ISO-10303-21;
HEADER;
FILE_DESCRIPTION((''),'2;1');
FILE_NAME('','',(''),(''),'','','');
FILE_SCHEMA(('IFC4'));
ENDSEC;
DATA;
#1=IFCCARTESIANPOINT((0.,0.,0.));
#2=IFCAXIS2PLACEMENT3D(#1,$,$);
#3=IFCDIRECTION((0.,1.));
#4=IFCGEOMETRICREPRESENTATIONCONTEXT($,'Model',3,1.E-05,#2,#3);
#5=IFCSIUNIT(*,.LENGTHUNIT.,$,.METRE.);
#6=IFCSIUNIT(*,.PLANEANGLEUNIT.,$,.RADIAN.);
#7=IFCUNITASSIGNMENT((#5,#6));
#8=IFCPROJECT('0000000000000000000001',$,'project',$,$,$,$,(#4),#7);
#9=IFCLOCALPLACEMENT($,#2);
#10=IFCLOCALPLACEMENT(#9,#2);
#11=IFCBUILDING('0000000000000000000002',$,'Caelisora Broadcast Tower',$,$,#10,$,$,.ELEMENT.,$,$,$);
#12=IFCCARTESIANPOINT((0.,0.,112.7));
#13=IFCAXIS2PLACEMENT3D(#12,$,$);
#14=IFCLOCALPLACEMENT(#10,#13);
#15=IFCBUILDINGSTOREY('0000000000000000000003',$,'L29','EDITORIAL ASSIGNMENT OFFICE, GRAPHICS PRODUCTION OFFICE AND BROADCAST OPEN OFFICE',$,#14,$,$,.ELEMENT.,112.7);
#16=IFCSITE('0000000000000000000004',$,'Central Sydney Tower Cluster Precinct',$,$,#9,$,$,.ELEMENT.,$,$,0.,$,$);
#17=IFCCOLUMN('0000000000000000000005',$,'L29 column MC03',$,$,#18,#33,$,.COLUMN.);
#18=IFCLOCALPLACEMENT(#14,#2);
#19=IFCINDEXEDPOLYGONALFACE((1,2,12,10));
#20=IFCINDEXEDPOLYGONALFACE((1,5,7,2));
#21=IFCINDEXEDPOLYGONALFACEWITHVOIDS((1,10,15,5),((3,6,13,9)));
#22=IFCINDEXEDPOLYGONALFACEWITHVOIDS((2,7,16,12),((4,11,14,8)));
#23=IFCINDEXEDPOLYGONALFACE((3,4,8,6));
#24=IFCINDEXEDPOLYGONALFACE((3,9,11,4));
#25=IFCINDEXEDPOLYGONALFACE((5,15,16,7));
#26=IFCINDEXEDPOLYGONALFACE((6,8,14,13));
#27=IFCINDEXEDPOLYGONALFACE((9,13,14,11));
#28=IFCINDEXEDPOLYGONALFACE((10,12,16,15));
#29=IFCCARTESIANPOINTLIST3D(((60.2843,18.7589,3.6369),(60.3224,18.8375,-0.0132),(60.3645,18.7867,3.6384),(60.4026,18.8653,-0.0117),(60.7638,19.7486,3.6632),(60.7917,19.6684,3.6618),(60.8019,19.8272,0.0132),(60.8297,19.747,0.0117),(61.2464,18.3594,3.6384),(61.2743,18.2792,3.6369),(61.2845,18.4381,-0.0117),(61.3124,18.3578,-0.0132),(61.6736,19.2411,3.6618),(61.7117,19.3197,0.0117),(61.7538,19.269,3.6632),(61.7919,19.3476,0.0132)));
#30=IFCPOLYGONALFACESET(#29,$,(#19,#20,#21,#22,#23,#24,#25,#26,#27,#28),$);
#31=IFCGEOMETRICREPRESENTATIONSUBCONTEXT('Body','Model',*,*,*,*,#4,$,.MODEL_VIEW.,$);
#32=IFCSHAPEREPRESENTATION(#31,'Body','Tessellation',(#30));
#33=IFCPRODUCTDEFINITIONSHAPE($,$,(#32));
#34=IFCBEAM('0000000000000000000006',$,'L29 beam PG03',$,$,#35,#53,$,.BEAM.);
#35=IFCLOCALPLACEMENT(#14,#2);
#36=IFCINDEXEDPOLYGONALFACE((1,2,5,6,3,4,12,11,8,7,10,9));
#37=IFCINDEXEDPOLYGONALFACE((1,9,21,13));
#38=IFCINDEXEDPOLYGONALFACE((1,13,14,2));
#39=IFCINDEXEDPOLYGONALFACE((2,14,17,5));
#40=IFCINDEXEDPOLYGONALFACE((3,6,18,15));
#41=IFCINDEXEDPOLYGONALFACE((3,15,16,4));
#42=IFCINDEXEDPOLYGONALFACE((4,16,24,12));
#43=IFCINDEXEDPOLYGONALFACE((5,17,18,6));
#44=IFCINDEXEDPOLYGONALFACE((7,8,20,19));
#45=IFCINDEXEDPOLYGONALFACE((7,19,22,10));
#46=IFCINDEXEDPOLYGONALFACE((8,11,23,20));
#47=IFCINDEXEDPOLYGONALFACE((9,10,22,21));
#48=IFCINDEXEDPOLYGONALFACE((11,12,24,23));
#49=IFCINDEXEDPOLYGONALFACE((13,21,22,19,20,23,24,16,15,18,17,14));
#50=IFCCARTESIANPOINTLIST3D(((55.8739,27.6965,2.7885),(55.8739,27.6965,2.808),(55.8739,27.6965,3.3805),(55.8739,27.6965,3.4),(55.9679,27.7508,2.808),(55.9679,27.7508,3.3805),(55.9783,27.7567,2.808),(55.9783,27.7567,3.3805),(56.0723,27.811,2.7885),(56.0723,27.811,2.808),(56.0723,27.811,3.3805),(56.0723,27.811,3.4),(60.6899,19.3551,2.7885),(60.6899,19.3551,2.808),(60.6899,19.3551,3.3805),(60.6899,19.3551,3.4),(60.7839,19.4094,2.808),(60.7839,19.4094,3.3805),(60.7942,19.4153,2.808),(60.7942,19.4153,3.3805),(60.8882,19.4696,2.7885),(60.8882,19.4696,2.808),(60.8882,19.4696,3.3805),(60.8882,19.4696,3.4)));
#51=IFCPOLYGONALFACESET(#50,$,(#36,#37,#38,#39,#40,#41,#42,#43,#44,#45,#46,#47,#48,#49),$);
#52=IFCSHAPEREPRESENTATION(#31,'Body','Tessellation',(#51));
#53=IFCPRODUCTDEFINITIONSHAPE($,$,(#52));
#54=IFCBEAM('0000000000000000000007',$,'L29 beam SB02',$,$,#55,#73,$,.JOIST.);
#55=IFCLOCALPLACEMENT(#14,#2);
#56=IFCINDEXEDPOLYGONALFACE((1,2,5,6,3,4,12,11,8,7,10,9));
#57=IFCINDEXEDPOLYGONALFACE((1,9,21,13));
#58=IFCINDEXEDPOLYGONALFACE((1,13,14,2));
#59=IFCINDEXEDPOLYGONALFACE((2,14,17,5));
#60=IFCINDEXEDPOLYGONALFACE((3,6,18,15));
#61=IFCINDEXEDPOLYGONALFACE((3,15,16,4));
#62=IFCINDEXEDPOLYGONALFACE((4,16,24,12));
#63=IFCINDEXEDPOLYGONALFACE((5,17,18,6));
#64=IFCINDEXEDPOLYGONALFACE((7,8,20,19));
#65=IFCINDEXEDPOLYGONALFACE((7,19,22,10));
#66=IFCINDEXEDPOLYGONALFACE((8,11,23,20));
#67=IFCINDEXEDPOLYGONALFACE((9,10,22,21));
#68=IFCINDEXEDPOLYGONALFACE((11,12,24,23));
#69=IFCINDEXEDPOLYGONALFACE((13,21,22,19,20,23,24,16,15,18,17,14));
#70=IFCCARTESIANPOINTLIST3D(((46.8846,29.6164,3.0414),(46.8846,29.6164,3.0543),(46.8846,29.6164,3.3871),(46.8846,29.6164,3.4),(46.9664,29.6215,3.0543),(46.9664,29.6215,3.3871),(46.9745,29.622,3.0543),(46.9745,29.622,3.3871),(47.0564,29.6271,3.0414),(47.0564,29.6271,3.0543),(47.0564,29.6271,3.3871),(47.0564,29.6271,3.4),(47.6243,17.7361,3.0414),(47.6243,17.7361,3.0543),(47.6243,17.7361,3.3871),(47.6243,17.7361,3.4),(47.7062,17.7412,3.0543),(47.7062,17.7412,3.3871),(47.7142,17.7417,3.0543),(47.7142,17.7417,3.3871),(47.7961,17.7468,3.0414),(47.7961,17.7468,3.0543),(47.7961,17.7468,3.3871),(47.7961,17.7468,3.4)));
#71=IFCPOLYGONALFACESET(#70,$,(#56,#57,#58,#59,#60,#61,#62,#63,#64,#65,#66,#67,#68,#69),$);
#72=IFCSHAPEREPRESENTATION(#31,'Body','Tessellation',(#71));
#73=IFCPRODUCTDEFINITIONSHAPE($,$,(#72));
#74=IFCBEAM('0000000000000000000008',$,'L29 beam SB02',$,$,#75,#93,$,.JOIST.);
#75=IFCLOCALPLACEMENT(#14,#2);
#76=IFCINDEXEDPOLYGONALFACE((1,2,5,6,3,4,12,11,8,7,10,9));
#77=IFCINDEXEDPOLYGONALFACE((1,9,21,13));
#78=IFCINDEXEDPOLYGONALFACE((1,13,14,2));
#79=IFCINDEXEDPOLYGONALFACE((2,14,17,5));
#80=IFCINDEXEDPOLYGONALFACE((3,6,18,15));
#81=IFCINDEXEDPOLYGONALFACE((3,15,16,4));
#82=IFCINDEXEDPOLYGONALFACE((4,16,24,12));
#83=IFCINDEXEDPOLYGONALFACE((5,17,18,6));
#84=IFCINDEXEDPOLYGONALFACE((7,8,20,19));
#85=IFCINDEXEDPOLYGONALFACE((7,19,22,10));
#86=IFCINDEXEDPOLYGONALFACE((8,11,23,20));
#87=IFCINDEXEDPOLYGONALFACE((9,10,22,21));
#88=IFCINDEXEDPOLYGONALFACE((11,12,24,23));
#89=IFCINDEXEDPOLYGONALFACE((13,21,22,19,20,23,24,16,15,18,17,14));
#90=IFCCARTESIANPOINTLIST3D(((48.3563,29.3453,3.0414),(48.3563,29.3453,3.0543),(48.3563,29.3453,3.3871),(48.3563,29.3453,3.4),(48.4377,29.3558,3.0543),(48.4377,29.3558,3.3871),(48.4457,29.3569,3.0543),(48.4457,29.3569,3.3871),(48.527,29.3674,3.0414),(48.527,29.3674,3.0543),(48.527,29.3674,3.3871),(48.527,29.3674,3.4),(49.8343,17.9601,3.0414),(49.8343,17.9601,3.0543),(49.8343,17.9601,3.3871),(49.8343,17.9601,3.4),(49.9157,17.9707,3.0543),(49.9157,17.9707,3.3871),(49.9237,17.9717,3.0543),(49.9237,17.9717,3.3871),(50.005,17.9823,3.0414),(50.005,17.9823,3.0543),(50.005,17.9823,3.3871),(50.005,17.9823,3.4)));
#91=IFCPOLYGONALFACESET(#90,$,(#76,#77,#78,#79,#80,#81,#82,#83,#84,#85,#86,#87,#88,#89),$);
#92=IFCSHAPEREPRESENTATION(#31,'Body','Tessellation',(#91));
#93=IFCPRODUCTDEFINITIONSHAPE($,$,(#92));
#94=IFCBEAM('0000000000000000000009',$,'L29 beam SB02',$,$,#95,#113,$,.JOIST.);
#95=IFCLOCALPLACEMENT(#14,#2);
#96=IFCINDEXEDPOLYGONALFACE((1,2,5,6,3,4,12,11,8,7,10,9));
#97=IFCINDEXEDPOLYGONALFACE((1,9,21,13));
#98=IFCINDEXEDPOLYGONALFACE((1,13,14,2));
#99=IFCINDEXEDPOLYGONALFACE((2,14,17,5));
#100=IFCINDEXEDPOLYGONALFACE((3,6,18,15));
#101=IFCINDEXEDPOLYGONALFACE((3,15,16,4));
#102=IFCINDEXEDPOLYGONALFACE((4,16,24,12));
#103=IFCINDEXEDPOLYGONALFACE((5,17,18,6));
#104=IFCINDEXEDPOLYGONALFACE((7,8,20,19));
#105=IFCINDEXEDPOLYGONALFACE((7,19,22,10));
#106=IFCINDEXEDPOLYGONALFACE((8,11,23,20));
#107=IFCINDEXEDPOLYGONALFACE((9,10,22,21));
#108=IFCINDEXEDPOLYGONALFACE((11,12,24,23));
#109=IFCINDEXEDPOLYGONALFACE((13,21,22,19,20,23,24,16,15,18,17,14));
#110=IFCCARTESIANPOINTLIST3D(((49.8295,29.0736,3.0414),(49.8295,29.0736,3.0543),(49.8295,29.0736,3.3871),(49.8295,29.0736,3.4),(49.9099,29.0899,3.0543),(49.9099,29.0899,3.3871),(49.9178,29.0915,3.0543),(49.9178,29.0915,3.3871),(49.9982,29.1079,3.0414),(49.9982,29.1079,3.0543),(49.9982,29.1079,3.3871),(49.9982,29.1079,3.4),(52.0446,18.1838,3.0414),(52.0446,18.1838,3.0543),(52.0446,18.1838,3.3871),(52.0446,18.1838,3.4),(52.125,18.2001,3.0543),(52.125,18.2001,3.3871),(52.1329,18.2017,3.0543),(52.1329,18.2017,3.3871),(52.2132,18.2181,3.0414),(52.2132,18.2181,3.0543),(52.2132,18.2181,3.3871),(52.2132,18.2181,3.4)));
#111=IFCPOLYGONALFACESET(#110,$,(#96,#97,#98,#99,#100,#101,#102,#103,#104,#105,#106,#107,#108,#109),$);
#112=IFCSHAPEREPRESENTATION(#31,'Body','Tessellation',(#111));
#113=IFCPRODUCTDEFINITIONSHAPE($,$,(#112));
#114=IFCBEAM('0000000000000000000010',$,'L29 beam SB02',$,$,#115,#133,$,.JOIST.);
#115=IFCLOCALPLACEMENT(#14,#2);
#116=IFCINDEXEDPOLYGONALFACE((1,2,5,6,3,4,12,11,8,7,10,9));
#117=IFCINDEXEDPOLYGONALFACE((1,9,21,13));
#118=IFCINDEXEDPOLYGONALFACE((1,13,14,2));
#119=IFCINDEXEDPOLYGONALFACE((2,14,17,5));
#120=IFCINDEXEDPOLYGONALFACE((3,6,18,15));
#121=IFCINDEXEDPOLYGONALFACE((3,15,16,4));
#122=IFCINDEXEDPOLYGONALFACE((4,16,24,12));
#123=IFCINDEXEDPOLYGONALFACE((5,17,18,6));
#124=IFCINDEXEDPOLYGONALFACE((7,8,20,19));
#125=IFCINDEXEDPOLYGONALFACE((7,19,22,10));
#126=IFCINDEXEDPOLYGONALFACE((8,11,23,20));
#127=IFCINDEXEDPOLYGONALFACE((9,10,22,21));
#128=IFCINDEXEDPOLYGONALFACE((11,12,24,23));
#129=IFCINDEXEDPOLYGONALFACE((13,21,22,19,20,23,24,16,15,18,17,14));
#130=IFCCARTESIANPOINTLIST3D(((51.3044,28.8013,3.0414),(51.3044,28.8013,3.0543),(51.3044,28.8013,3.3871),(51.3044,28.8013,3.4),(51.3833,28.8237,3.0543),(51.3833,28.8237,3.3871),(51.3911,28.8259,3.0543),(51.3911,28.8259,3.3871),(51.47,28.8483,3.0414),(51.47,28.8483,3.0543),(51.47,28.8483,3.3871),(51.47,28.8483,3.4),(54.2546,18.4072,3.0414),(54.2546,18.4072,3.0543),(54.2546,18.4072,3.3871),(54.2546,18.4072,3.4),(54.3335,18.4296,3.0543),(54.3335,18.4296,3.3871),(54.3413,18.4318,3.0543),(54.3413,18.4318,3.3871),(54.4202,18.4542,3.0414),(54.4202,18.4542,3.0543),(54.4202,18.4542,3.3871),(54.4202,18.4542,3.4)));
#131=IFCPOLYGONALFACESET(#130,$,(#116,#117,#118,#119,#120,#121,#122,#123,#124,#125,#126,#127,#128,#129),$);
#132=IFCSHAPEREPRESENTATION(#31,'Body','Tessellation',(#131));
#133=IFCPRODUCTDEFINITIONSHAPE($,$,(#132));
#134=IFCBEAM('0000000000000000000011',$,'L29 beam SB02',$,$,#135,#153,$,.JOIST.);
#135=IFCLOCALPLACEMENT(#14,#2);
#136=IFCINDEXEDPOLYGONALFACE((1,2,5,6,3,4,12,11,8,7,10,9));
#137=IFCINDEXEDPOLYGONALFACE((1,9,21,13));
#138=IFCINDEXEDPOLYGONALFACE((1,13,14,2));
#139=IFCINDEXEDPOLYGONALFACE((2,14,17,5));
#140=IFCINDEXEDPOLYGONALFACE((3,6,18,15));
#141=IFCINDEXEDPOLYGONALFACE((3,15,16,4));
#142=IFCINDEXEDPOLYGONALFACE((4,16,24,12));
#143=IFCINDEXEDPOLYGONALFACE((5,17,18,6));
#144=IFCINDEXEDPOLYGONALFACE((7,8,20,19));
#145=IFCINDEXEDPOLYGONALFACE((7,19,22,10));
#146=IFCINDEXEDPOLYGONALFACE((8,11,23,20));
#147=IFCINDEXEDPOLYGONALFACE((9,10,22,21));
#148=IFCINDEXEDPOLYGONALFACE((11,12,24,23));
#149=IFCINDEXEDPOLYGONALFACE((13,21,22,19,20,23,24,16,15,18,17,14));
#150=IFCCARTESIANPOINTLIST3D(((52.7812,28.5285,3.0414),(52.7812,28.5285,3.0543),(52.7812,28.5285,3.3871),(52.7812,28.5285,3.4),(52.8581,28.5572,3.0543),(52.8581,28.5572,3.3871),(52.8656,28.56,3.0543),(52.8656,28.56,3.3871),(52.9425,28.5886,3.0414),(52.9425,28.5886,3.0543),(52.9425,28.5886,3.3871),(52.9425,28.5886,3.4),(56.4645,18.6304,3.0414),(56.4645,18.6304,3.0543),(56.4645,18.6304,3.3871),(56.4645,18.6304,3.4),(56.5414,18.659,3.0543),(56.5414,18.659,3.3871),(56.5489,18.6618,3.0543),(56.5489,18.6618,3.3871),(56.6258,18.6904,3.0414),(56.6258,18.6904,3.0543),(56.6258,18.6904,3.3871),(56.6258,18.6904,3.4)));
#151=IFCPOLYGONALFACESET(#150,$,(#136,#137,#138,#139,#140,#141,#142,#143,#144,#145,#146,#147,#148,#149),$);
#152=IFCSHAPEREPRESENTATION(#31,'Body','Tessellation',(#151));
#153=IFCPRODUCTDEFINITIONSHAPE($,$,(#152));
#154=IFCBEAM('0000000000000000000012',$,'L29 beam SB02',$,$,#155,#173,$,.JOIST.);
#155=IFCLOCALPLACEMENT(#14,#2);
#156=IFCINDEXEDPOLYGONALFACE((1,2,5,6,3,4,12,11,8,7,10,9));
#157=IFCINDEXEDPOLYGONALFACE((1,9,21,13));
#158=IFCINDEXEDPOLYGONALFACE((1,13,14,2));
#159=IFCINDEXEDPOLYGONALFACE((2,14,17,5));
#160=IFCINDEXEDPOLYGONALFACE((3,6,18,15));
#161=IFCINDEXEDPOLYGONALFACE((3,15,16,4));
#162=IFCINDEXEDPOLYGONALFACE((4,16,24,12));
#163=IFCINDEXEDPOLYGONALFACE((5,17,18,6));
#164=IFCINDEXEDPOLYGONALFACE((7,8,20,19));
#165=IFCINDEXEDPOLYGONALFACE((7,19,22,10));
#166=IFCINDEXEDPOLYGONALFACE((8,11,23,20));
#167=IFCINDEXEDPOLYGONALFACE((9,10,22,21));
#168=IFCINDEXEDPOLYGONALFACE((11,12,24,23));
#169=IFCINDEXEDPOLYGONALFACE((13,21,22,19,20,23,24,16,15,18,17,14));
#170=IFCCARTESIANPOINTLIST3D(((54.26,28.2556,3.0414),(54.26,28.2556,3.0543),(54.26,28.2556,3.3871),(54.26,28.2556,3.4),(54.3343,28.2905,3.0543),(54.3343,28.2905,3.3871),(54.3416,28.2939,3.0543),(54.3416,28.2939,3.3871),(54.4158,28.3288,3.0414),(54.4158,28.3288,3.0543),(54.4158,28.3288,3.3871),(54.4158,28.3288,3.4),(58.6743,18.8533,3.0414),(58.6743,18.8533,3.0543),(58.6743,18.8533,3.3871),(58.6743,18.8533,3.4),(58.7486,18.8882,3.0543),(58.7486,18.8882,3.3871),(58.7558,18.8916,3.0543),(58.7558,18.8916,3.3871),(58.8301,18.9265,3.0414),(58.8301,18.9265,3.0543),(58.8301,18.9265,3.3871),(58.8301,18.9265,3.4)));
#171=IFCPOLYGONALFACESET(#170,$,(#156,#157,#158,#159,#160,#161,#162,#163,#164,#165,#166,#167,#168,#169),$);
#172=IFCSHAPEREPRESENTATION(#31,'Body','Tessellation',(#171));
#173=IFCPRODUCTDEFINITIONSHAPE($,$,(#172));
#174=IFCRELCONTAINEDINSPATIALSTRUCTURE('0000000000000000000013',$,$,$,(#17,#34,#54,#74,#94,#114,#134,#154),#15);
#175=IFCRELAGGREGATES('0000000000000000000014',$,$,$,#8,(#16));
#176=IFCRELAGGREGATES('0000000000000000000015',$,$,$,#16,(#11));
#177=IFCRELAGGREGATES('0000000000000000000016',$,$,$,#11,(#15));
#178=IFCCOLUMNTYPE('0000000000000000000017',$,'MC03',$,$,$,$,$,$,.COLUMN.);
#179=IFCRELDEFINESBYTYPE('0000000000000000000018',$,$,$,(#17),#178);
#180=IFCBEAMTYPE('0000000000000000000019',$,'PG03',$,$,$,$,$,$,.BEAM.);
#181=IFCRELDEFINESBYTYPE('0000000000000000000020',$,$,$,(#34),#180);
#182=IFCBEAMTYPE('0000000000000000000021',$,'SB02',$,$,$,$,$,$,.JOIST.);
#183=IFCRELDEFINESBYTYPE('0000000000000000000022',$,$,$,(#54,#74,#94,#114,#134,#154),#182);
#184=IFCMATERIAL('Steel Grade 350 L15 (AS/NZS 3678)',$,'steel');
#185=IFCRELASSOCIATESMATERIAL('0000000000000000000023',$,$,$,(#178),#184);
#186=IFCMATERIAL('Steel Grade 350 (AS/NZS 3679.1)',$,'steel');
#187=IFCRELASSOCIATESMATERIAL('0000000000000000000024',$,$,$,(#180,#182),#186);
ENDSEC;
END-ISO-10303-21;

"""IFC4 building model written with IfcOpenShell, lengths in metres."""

from ifc_helpers import new_model, si_unit, direction, frame, origin, origin_2d, place, context, subcontext, project, spatial, hollow_rectangle, i_section, extrude, source, transform, mapped, material, material_profile, profile_set, type_object, type_shapes, element, save


model = new_model("IFC4")

# Units and contexts
model_context = context("Model", 3, precision=1e-05, world=origin(), true_north=direction((0.0, 1.0)))
body_context = subcontext(model_context, "Body", "Model", "MODEL_VIEW")
ifc_project = project(units=[si_unit("LENGTHUNIT", "METRE"), si_unit("PLANEANGLEUNIT", "RADIAN")], contexts=[model_context])

# Site, building, storey
site_placement = place(None, origin())
site = spatial("IfcSite", under=ifc_project, at=site_placement, Name="Central Sydney Tower Cluster Precinct", CompositionType="ELEMENT", RefElevation=0.0)
building_placement = place(site_placement, origin())
building = spatial("IfcBuilding", under=site, at=building_placement, Name="Caelisora Broadcast Tower", CompositionType="ELEMENT")
storey_placement = place(building_placement, frame((0.0, 0.0, 112.7)))
storey = spatial("IfcBuildingStorey", under=building, at=storey_placement, Name="L29", Description="EDITORIAL ASSIGNMENT OFFICE, GRAPHICS PRODUCTION OFFICE AND BROADCAST OPEN OFFICE", CompositionType="ELEMENT", Elevation=112.7)

# Column
ifc_material_1 = material(Name="Steel Grade 350 L15 (AS/NZS 3678)", Category="steel")
ifc_material_profile_1 = material_profile(ifc_material_1, hollow_rectangle(XDim=1.1001, YDim=1.1001, WallThickness=0.0601, at=origin_2d()), Name="Steel Grade 350 L15 (AS/NZS 3678)")
ifc_profile_set_1 = profile_set([ifc_material_profile_1], Name="Steel Grade 350 L15 (AS/NZS 3678)")
column_type = type_object("IfcColumnType", Name="MC03", PredefinedType="COLUMN", material=ifc_profile_set_1)
shared_shape_1 = source(origin(), body_context, "Body", "SweptSolid", [
    extrude(hollow_rectangle(XDim=1.1001, YDim=1.1001, WallThickness=0.0601, at=origin_2d()), origin(), (0.0, 0.0, 1.0), 3.6511),
])
type_shapes(column_type, [shared_shape_1])
column_placement = place(storey_placement, frame((61.0571, 19.0925, 0.0), z_axis=(-0.010431, -0.021531, 0.999714), x_axis=(0.899947, -0.435999, 0.0)))
element("IfcColumn", 1, at=column_placement, inside=storey, type_object=column_type, Name="L29 column MC03", PredefinedType="COLUMN", context=body_context, shape_type="MappedRepresentation", body=[
    mapped(shared_shape_1, transform((0.0, 0.0, 0.0), scale=1.0)),
])

# Beams
ifc_material_2 = material(Name="Steel Grade 350 (AS/NZS 3679.1)", Category="steel")
ifc_material_profile_2 = material_profile(ifc_material_2, i_section(OverallWidth=0.229, OverallDepth=0.6116, WebThickness=0.012, FlangeThickness=0.0195, at=origin_2d()), Name="Steel Grade 350 (AS/NZS 3679.1)")
ifc_profile_set_2 = profile_set([ifc_material_profile_2], Name="Steel Grade 350 (AS/NZS 3679.1)")
beam_type_1 = type_object("IfcBeamType", Name="PG03", PredefinedType="BEAM", material=ifc_profile_set_2)
shared_shape_2 = source(origin(), body_context, "Body", "SweptSolid", [
    extrude(i_section(OverallWidth=0.229, OverallDepth=0.6116, WebThickness=0.012, FlangeThickness=0.0195, at=origin_2d()), origin(), (0.0, 0.0, 1.0), 9.6318),
])
type_shapes(beam_type_1, [shared_shape_2])
beam_1_placement = place(storey_placement, frame((60.7891, 19.4124, 3.0942), z_axis=(-0.500005, 0.866023, 0.0), x_axis=(-0.866023, -0.500005, 0.0)))
element("IfcBeam", 2, at=beam_1_placement, inside=storey, type_object=beam_type_1, Name="L29 beam PG03", PredefinedType="BEAM", context=body_context, shape_type="MappedRepresentation", body=[
    mapped(shared_shape_2, transform((0.0, 0.0, 0.0), scale=1.0)),
])
ifc_material_profile_3 = material_profile(ifc_material_2, i_section(OverallWidth=0.1721, OverallDepth=0.3586, WebThickness=0.0081, FlangeThickness=0.0129, at=origin_2d()), Name="Steel Grade 350 (AS/NZS 3679.1)")
ifc_profile_set_3 = profile_set([ifc_material_profile_3], Name="Steel Grade 350 (AS/NZS 3679.1)")
beam_type_2 = type_object("IfcBeamType", Name="SB02", PredefinedType="JOIST", material=ifc_profile_set_3)
shared_shape_3 = source(origin(), body_context, "Body", "SweptSolid", [
    extrude(i_section(OverallWidth=0.1721, OverallDepth=0.3586, WebThickness=0.0081, FlangeThickness=0.0129, at=origin_2d()), origin(), (0.0, 0.0, 1.0), 11.9033),
])
beam_2_placement = place(storey_placement, frame((47.7102, 17.7415, 3.2207), z_axis=(-0.062146, 0.998067, 0.0), x_axis=(-0.998067, -0.062146, 0.0)))
element("IfcBeam", 3, at=beam_2_placement, inside=storey, type_object=beam_type_2, Name="L29 beam SB02", PredefinedType="JOIST", context=body_context, shape_type="MappedRepresentation", body=[
    mapped(shared_shape_3, transform((0.0, 0.0, 0.0), scale=1.0)),
])
shared_shape_4 = source(origin(), body_context, "Body", "SweptSolid", [
    extrude(i_section(OverallWidth=0.1721, OverallDepth=0.3586, WebThickness=0.0081, FlangeThickness=0.0129, at=origin_2d()), origin(), (0.0, 0.0, 1.0), 11.4807),
])
beam_3_placement = place(storey_placement, frame((49.9197, 17.9712, 3.2207), z_axis=(-0.128739, 0.991678, 0.0), x_axis=(-0.991678, -0.128739, 0.0)))
element("IfcBeam", 4, at=beam_3_placement, inside=storey, type_object=beam_type_2, Name="L29 beam SB02", PredefinedType="JOIST", context=body_context, shape_type="MappedRepresentation", body=[
    mapped(shared_shape_4, transform((0.0, 0.0, 0.0), scale=1.0)),
])
shared_shape_5 = source(origin(), body_context, "Body", "SweptSolid", [
    extrude(i_section(OverallWidth=0.1721, OverallDepth=0.3586, WebThickness=0.0081, FlangeThickness=0.0129, at=origin_2d()), origin(), (0.0, 0.0, 1.0), 11.1128),
])
beam_4_placement = place(storey_placement, frame((52.1289, 18.2009, 3.2207), z_axis=(-0.199326, 0.979933, 0.0), x_axis=(-0.979933, -0.199326, 0.0)))
element("IfcBeam", 5, at=beam_4_placement, inside=storey, type_object=beam_type_2, Name="L29 beam SB02", PredefinedType="JOIST", context=body_context, shape_type="MappedRepresentation", body=[
    mapped(shared_shape_5, transform((0.0, 0.0, 0.0), scale=1.0)),
])
shared_shape_6 = source(origin(), body_context, "Body", "SweptSolid", [
    extrude(i_section(OverallWidth=0.1721, OverallDepth=0.3586, WebThickness=0.0081, FlangeThickness=0.0129, at=origin_2d()), origin(), (0.0, 0.0, 1.0), 10.8047),
])
beam_5_placement = place(storey_placement, frame((54.3374, 18.4307, 3.2207), z_axis=(-0.273049, 0.962, 0.0), x_axis=(-0.962, -0.273049, 0.0)))
element("IfcBeam", 6, at=beam_5_placement, inside=storey, type_object=beam_type_2, Name="L29 beam SB02", PredefinedType="JOIST", context=body_context, shape_type="MappedRepresentation", body=[
    mapped(shared_shape_6, transform((0.0, 0.0, 0.0), scale=1.0)),
])
shared_shape_7 = source(origin(), body_context, "Body", "SweptSolid", [
    extrude(i_section(OverallWidth=0.1721, OverallDepth=0.3586, WebThickness=0.0081, FlangeThickness=0.0129, at=origin_2d()), origin(), (0.0, 0.0, 1.0), 10.5613),
])
beam_6_placement = place(storey_placement, frame((56.5452, 18.6604, 3.2207), z_axis=(-0.348759, 0.937213, 0.0), x_axis=(-0.937213, -0.348759, 0.0)))
element("IfcBeam", 7, at=beam_6_placement, inside=storey, type_object=beam_type_2, Name="L29 beam SB02", PredefinedType="JOIST", context=body_context, shape_type="MappedRepresentation", body=[
    mapped(shared_shape_7, transform((0.0, 0.0, 0.0), scale=1.0)),
])
shared_shape_8 = source(origin(), body_context, "Body", "SweptSolid", [
    extrude(i_section(OverallWidth=0.1721, OverallDepth=0.3586, WebThickness=0.0081, FlangeThickness=0.0129, at=origin_2d()), origin(), (0.0, 0.0, 1.0), 10.387),
])
type_shapes(beam_type_2, [shared_shape_3, shared_shape_4, shared_shape_5, shared_shape_6, shared_shape_7, shared_shape_8])
beam_7_placement = place(storey_placement, frame((58.7522, 18.8899, 3.2207), z_axis=(-0.424983, 0.905201, 0.0), x_axis=(-0.905201, -0.424983, 0.0)))
element("IfcBeam", 8, at=beam_7_placement, inside=storey, type_object=beam_type_2, Name="L29 beam SB02", PredefinedType="JOIST", context=body_context, shape_type="MappedRepresentation", body=[
    mapped(shared_shape_8, transform((0.0, 0.0, 0.0), scale=1.0)),
])

save(model, "model.ifc")
